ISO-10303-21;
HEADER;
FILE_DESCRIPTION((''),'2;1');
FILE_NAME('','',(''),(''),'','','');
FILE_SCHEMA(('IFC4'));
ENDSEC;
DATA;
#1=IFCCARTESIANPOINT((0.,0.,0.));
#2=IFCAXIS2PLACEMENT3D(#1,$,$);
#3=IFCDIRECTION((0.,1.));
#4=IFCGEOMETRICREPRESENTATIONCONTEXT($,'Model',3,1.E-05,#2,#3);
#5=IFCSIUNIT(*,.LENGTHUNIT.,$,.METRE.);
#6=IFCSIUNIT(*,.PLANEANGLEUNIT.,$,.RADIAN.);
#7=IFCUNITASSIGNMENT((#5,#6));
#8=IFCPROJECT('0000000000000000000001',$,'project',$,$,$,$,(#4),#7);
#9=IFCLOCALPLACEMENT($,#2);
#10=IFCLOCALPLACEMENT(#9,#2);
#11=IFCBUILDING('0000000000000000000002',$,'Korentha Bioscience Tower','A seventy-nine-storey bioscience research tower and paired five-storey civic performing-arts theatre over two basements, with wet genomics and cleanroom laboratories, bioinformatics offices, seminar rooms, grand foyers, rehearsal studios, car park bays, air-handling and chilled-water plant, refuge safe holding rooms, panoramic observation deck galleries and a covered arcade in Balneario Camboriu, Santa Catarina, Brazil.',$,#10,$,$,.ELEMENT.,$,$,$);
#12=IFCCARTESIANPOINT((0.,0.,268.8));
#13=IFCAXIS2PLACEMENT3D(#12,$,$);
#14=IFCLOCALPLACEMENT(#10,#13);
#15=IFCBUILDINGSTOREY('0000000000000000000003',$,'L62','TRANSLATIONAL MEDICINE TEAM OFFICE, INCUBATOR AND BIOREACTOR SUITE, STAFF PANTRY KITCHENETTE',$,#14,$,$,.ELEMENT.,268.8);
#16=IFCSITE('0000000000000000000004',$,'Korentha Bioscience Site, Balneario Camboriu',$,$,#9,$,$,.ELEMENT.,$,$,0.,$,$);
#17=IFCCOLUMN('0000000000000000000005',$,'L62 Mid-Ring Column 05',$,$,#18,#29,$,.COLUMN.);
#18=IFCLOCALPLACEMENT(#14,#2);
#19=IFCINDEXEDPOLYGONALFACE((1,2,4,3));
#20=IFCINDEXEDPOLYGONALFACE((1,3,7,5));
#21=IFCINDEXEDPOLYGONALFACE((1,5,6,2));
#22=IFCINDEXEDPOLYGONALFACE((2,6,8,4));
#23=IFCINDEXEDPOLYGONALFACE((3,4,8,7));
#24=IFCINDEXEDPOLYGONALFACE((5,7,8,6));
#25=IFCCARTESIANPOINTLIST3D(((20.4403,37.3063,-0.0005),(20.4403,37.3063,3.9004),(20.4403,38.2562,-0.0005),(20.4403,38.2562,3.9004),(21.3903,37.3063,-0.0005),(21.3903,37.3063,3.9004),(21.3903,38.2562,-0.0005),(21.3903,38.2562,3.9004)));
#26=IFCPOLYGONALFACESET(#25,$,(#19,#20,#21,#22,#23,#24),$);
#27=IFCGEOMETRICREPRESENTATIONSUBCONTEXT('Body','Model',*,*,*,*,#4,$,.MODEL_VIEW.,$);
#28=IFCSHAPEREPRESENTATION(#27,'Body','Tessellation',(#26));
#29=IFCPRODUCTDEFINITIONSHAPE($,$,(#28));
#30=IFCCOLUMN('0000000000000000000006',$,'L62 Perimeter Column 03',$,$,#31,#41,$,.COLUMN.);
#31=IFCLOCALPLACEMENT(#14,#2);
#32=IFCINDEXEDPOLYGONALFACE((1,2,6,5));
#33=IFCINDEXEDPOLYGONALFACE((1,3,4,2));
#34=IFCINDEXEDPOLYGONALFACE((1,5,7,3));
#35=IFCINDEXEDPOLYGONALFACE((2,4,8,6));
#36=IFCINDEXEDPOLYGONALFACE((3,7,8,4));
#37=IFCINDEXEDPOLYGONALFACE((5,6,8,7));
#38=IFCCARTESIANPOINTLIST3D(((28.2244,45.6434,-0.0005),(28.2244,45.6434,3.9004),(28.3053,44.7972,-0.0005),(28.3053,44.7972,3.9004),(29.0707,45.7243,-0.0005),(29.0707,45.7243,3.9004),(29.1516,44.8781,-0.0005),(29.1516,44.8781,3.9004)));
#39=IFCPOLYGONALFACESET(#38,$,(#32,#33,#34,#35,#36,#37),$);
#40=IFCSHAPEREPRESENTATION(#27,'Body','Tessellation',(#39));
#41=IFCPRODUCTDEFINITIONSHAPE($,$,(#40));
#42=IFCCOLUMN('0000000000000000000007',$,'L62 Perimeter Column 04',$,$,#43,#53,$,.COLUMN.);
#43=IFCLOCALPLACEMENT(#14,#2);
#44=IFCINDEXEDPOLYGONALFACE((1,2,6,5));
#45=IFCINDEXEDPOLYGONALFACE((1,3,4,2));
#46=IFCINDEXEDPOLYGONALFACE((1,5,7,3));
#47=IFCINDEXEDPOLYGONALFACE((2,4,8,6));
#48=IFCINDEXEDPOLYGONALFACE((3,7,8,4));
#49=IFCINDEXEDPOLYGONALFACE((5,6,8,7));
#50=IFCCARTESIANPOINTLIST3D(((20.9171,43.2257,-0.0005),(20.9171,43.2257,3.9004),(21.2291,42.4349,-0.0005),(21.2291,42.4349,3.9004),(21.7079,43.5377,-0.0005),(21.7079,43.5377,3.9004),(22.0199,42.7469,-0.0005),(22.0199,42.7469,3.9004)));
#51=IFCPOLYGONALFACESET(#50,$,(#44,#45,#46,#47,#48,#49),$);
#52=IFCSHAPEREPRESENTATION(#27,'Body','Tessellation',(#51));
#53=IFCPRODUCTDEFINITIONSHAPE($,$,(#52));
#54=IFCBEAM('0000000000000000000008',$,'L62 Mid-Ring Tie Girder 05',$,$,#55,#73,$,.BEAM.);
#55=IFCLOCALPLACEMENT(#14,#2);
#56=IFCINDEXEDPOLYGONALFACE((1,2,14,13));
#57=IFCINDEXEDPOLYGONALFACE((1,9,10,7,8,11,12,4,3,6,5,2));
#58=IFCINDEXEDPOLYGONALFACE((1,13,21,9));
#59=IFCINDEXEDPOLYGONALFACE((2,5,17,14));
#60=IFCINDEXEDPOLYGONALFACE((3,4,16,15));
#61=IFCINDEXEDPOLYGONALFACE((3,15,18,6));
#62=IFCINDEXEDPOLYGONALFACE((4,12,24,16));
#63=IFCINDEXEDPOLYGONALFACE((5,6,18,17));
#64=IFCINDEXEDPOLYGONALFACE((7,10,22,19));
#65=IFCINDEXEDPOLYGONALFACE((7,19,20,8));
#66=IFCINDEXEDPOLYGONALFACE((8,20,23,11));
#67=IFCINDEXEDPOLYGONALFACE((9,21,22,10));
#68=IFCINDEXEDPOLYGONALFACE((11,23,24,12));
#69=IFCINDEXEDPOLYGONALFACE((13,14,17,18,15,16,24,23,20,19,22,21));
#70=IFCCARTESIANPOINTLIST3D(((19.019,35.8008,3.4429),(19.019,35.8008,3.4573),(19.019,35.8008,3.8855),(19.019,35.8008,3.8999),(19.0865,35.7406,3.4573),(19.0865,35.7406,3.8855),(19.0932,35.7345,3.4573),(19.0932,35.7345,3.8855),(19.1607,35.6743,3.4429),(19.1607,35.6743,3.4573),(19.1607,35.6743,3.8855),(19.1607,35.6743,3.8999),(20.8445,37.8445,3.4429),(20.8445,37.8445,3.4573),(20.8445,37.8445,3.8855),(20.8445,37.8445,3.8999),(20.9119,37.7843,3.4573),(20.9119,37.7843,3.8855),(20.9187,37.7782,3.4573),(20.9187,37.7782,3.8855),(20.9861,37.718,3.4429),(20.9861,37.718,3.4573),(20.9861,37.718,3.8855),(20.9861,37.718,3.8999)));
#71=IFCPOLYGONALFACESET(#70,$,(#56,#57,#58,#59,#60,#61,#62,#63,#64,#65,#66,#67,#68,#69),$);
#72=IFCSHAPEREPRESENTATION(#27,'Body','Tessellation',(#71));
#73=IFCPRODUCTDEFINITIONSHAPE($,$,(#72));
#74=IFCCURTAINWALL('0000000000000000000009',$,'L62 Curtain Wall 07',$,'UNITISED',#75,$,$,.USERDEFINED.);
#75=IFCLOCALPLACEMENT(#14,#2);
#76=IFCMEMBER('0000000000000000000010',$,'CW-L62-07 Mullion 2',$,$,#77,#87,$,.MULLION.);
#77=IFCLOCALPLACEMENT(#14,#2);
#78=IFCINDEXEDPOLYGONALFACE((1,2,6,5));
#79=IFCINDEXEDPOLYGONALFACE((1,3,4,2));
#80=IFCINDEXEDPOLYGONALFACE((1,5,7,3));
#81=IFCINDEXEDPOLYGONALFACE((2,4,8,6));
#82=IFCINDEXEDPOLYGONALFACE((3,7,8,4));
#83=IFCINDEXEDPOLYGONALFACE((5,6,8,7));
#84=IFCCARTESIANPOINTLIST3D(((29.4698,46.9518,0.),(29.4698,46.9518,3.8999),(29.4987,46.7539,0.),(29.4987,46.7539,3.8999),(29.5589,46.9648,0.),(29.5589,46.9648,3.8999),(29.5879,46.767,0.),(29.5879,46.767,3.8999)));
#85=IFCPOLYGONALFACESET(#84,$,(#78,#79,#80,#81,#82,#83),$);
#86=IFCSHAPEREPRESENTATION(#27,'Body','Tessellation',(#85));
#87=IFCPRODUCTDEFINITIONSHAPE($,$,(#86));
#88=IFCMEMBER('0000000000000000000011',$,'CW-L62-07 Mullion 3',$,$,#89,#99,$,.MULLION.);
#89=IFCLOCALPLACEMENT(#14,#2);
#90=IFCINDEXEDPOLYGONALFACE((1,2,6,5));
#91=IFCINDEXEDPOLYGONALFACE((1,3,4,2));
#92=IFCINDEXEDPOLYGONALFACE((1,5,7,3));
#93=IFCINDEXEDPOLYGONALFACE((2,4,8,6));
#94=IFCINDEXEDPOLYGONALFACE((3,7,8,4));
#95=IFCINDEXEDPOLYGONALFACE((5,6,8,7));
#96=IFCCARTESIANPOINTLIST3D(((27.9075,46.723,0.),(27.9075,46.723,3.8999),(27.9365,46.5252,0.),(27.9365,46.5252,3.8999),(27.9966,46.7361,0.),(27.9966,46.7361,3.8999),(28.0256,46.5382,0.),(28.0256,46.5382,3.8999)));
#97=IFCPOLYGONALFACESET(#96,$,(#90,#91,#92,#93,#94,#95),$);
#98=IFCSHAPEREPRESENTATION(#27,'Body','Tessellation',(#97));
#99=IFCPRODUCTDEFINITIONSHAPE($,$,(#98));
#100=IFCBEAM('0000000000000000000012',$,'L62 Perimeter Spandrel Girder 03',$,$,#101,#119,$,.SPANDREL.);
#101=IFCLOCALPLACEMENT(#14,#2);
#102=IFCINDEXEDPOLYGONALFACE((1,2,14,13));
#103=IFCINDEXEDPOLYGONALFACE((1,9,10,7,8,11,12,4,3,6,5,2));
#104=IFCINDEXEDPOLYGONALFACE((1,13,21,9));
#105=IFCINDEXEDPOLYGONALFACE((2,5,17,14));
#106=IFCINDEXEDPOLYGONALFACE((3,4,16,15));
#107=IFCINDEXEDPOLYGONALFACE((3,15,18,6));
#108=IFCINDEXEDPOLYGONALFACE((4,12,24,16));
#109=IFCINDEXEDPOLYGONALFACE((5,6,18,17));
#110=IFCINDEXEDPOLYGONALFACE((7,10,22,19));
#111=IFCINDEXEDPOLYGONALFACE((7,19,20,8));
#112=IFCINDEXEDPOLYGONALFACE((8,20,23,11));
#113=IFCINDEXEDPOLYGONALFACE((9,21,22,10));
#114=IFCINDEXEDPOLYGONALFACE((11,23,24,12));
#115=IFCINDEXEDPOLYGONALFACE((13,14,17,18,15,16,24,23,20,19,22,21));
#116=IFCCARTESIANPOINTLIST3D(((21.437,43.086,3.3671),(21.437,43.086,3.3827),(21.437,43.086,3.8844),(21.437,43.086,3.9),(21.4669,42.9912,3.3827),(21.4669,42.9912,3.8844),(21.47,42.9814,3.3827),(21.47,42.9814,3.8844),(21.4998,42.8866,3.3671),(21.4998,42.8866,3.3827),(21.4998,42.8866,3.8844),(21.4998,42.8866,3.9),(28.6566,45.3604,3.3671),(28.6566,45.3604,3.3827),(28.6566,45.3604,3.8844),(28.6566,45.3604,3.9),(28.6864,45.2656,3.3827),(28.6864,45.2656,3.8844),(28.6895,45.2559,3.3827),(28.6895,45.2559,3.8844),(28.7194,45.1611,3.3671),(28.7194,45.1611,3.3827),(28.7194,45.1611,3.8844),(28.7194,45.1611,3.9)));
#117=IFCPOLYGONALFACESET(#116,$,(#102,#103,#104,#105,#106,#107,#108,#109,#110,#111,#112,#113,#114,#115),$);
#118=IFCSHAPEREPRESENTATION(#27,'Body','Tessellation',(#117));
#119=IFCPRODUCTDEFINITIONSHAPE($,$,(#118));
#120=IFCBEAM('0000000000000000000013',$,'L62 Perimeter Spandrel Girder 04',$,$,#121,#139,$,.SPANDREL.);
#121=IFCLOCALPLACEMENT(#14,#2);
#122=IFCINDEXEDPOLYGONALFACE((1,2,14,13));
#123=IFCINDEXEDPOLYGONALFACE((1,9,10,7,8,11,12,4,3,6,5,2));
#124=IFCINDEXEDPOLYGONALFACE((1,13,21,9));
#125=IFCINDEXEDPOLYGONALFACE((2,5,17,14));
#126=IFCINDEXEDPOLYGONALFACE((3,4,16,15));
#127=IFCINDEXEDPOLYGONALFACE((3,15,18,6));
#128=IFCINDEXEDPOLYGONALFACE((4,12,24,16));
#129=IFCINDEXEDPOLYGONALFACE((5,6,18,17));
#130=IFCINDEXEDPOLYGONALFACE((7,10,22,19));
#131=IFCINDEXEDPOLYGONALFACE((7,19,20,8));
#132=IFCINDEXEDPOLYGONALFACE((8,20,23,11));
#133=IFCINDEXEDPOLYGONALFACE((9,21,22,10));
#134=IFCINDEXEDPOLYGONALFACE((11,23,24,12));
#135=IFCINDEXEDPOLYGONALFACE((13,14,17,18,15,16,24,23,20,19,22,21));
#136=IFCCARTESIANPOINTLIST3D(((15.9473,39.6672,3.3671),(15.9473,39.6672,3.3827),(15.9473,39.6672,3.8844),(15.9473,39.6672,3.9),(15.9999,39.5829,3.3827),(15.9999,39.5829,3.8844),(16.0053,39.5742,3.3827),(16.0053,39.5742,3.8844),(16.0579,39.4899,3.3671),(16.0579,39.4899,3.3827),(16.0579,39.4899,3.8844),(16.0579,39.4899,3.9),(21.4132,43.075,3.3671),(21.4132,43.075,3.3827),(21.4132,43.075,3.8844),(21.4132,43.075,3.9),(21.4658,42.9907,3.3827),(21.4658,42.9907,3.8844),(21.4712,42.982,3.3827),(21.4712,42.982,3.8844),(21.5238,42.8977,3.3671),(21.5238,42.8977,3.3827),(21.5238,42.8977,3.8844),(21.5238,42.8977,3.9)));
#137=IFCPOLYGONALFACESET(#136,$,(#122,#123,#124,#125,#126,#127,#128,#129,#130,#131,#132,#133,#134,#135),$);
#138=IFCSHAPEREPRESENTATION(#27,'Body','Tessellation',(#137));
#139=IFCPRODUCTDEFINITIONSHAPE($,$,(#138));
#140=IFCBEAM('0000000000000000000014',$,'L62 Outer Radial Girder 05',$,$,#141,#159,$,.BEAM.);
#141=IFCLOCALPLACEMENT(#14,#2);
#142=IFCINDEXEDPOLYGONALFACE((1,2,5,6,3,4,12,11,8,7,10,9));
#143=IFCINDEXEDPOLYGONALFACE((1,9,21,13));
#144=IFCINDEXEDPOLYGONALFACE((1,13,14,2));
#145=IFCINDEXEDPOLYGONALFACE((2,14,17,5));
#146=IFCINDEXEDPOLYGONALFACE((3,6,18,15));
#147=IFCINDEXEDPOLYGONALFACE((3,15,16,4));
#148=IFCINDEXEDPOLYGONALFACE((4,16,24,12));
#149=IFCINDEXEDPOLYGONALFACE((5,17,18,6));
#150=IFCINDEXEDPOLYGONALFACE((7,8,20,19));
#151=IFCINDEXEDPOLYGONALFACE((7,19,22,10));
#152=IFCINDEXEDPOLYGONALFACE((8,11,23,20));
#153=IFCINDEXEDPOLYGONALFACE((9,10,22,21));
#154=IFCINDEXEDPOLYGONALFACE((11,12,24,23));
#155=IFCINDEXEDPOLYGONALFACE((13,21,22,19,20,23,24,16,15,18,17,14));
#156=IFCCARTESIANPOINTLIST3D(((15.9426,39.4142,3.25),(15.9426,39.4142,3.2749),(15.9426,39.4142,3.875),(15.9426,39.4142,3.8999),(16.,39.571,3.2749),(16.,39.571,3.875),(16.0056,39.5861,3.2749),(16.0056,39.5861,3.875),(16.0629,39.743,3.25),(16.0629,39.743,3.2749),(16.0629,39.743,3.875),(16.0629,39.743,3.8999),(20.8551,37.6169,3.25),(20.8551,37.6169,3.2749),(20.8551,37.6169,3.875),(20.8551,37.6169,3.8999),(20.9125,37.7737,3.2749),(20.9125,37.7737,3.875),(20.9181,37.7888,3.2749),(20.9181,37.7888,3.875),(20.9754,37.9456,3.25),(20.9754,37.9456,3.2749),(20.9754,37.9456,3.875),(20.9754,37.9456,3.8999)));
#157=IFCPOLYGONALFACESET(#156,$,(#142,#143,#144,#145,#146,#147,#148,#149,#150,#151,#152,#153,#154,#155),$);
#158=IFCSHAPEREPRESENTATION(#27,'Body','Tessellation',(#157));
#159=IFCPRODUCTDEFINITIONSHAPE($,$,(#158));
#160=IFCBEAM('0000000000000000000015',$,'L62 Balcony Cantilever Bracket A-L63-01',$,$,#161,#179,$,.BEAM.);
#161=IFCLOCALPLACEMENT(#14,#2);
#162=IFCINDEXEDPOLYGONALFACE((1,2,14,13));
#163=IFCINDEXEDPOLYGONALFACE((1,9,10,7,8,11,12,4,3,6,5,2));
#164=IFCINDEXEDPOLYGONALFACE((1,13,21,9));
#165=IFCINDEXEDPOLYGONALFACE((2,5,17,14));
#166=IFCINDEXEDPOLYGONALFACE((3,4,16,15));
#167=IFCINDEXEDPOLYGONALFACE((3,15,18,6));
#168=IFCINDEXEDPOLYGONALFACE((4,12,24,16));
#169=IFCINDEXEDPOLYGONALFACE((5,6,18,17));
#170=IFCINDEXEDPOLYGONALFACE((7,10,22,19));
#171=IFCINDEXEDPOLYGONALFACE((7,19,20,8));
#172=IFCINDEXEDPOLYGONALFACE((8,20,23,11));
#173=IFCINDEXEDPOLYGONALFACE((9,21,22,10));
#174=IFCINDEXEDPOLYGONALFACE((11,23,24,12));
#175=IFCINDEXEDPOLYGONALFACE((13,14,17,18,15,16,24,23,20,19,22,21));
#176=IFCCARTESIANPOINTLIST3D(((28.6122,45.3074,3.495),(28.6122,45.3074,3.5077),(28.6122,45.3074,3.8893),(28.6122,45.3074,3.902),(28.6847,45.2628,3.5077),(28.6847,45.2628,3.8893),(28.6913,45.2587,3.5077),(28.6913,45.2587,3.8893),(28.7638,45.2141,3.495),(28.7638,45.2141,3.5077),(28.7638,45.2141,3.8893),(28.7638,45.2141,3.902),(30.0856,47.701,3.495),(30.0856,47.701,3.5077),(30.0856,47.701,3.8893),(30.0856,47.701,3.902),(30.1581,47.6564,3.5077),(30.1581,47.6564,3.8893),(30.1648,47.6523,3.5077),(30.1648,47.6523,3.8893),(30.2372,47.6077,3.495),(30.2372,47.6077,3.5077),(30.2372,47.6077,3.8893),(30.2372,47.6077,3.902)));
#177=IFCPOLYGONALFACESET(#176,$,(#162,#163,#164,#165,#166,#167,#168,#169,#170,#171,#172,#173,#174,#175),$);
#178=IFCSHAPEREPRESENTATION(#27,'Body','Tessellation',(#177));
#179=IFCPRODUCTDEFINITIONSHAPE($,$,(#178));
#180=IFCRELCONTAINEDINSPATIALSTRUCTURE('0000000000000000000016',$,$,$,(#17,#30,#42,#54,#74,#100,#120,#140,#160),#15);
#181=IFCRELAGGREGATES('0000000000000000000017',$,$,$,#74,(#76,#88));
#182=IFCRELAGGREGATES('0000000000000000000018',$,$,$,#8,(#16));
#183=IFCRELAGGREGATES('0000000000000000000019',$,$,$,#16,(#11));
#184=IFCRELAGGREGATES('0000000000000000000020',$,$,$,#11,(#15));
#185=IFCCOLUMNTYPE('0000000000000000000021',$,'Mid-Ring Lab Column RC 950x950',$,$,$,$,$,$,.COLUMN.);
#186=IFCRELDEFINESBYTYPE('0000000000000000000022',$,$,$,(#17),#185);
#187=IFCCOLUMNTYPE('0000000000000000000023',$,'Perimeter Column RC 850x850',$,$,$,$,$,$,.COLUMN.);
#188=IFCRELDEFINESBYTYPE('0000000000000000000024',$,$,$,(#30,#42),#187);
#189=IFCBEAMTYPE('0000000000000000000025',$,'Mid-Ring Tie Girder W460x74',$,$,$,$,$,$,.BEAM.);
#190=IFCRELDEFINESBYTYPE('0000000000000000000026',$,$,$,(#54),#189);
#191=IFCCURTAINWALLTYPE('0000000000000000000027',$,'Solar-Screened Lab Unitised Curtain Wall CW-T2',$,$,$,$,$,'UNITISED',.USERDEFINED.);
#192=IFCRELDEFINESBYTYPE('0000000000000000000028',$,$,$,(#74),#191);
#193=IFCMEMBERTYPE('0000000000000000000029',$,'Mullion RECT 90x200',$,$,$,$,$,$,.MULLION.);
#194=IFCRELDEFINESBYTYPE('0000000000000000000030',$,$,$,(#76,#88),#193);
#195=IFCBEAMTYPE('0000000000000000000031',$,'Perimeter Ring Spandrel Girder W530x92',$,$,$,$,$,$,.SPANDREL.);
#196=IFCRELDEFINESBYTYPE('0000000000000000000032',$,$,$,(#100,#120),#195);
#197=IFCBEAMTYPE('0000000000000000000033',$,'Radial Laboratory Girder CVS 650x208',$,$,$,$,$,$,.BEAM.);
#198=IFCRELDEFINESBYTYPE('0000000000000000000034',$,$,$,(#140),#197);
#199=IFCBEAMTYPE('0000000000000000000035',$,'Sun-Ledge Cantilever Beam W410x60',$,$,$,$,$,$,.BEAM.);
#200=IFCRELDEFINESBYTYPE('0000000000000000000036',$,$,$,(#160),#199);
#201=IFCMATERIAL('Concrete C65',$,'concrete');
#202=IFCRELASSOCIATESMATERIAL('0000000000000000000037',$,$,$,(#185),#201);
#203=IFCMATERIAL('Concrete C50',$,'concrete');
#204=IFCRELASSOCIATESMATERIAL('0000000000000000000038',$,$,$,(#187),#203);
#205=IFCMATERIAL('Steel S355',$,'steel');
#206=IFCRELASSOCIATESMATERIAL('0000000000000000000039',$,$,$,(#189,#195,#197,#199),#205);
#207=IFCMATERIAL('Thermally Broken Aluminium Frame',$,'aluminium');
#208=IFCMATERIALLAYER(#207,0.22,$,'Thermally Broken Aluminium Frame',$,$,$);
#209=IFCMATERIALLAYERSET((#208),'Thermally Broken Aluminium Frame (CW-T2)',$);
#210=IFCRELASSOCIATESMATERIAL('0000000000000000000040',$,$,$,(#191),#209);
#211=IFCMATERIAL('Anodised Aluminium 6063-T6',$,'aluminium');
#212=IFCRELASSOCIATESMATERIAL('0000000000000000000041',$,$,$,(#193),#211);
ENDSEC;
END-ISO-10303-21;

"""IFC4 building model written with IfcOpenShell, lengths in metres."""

from ifc_helpers import new_model, si_unit, direction, frame, origin, origin_2d, place, context, subcontext, project, spatial, rectangle, i_section, extrude, material, layer, layer_set, material_profile, profile_set, type_object, element, aggregate, save


model = new_model("IFC4")

# Units and contexts
model_context = context("Model", 3, precision=1e-05, world=origin(), true_north=direction((0.0, 1.0)))
body_context = subcontext(model_context, "Body", "Model", "MODEL_VIEW")
ifc_project = project(units=[si_unit("LENGTHUNIT", "METRE"), si_unit("PLANEANGLEUNIT", "RADIAN")], contexts=[model_context])

# Site, building, storey
site_placement = place(None, origin())
site = spatial("IfcSite", under=ifc_project, at=site_placement, Name="Korentha Bioscience Site, Balneario Camboriu", CompositionType="ELEMENT", RefElevation=0.0)
building_placement = place(site_placement, origin())
building = spatial("IfcBuilding", under=site, at=building_placement, Name="Korentha Bioscience Tower", Description="A seventy-nine-storey bioscience research tower and paired five-storey civic performing-arts theatre over two basements, with wet genomics and cleanroom laboratories, bioinformatics offices, seminar rooms, grand foyers, rehearsal studios, car park bays, air-handling and chilled-water plant, refuge safe holding rooms, panoramic observation deck galleries and a covered arcade in Balneario Camboriu, Santa Catarina, Brazil.", CompositionType="ELEMENT")
storey_placement = place(building_placement, frame((0.0, 0.0, 268.8)))
storey = spatial("IfcBuildingStorey", under=building, at=storey_placement, Name="L62", Description="TRANSLATIONAL MEDICINE TEAM OFFICE, INCUBATOR AND BIOREACTOR SUITE, STAFF PANTRY KITCHENETTE", CompositionType="ELEMENT", Elevation=268.8)

# Columns
ifc_material_1 = material(Name="Concrete C65", Category="concrete")
ifc_material_profile_1 = material_profile(ifc_material_1, rectangle(XDim=0.95, YDim=0.95, at=origin_2d()), Name="Concrete C65")
ifc_profile_set_1 = profile_set([ifc_material_profile_1], Name="Concrete C65 (COL-MR09)")
column_type_1 = type_object("IfcColumnType", Name="Mid-Ring Lab Column RC 950x950", PredefinedType="COLUMN", material=ifc_profile_set_1)
column_placement = place(storey_placement, frame((20.9153, 37.7812, -0.0005), z_axis=(0.0, 0.0, 1.0), x_axis=(1.0, 0.0, 0.0)))
element("IfcColumn", 1, at=column_placement, inside=storey, type_object=column_type_1, Name="L62 Mid-Ring Column 05", PredefinedType="COLUMN", context=body_context, shape_type="SweptSolid", body=[
    extrude(rectangle(XDim=0.95, YDim=0.95, at=origin_2d()), origin(), (0.0, 0.0, 1.0), 3.9009),
])
ifc_material_2 = material(Name="Concrete C50", Category="concrete")
ifc_material_profile_2 = material_profile(ifc_material_2, rectangle(XDim=0.8501, YDim=0.8501, at=origin_2d()), Name="Concrete C50")
ifc_profile_set_2 = profile_set([ifc_material_profile_2], Name="Concrete C50 (COL-P08)")
column_type_2 = type_object("IfcColumnType", Name="Perimeter Column RC 850x850", PredefinedType="COLUMN", material=ifc_profile_set_2)
for number, where, z_axis, x_axis, name in (
    (2, (28.688, 45.2607, -0.0005), (0.0, 0.0, 1.0), (0.995463, 0.095151, 0.0), "L62 Perimeter Column 03"),
    (3, (21.4685, 42.9863, -0.0005), (0.0, 0.0, 1.0), (0.930226, 0.366988, 0.0), "L62 Perimeter Column 04"),
):
    element("IfcColumn", number, at=place(storey_placement, frame(where, z_axis=z_axis, x_axis=x_axis)), inside=storey, type_object=column_type_2, Name=name, PredefinedType="COLUMN", context=body_context, shape_type="SweptSolid", body=[
        extrude(rectangle(XDim=0.8501, YDim=0.8501, at=origin_2d()), origin(), (0.0, 0.0, 1.0), 3.9009),
    ])

# Beam
ifc_material_3 = material(Name="Steel S355", Category="steel")
ifc_material_profile_3 = material_profile(ifc_material_3, i_section(OverallWidth=0.1899, OverallDepth=0.457, WebThickness=0.009, FlangeThickness=0.0144, at=origin_2d()), Name="Steel S355")
ifc_profile_set_3 = profile_set([ifc_material_profile_3], Name="Steel S355 (MB-460)")
beam_type_1 = type_object("IfcBeamType", Name="Mid-Ring Tie Girder W460x74", PredefinedType="BEAM", material=ifc_profile_set_3)
beam_1_placement = place(storey_placement, frame((20.9153, 37.7812, 3.6714), z_axis=(-0.666159, -0.74581, 0.0), x_axis=(0.74581, -0.666159, 0.0)))
element("IfcBeam", 4, at=beam_1_placement, inside=storey, type_object=beam_type_1, Name="L62 Mid-Ring Tie Girder 05", PredefinedType="BEAM", context=body_context, shape_type="SweptSolid", body=[
    extrude(i_section(OverallWidth=0.1899, OverallDepth=0.457, WebThickness=0.009, FlangeThickness=0.0144, at=origin_2d()), origin(), (0.0, 0.0, 1.0), 2.7402),
])

# Curtain wall, members
ifc_material_4 = material(Name="Thermally Broken Aluminium Frame", Category="aluminium")
ifc_layer_1 = layer(ifc_material_4, 0.22, Name="Thermally Broken Aluminium Frame")
ifc_layer_set_1 = layer_set([ifc_layer_1], Name="Thermally Broken Aluminium Frame (CW-T2)")
curtain_wall_type = type_object("IfcCurtainWallType", Name="Solar-Screened Lab Unitised Curtain Wall CW-T2", ElementType="UNITISED", PredefinedType="USERDEFINED", material=ifc_layer_set_1)
curtain_wall_placement = place(storey_placement, origin())
curtain_wall = element("IfcCurtainWall", 5, at=curtain_wall_placement, inside=storey, type_object=curtain_wall_type, Name="L62 Curtain Wall 07", ObjectType="UNITISED", PredefinedType="USERDEFINED")
ifc_material_5 = material(Name="Anodised Aluminium 6063-T6", Category="aluminium")
ifc_material_profile_4 = material_profile(ifc_material_5, rectangle(XDim=0.0901, YDim=0.2, at=origin_2d()), Name="Anodised Aluminium 6063-T6")
ifc_profile_set_4 = profile_set([ifc_material_profile_4], Name="Anodised Aluminium 6063-T6 (CW-MUL)")
member_type_1 = type_object("IfcMemberType", Name="Mullion RECT 90x200", PredefinedType="MULLION", material=ifc_profile_set_4)
member_1_placement = place(storey_placement, frame((29.5288, 46.8594, 0.0), z_axis=(0.0, 0.0, 1.0), x_axis=(-0.98946, -0.144809, 0.0)))
member_1 = element("IfcMember", 6, at=member_1_placement, type_object=member_type_1, Name="CW-L62-07 Mullion 2", PredefinedType="MULLION", context=body_context, shape_type="SweptSolid", body=[
    extrude(rectangle(XDim=0.0901, YDim=0.2, at=origin_2d()), origin(), (0.0, 0.0, 1.0), 3.8999),
])
member_2_placement = place(storey_placement, frame((27.9666, 46.6306, 0.0), z_axis=(0.0, 0.0, 1.0), x_axis=(-0.98946, -0.144809, 0.0)))
member_2 = element("IfcMember", 7, at=member_2_placement, type_object=member_type_1, Name="CW-L62-07 Mullion 3", PredefinedType="MULLION", context=body_context, shape_type="SweptSolid", body=[
    extrude(rectangle(XDim=0.0901, YDim=0.2, at=origin_2d()), origin(), (0.0, 0.0, 1.0), 3.8999),
])

# Beams
ifc_material_profile_5 = material_profile(ifc_material_3, i_section(OverallWidth=0.209, OverallDepth=0.533, WebThickness=0.0103, FlangeThickness=0.0156, at=origin_2d()), Name="Steel S355")
ifc_profile_set_5 = profile_set([ifc_material_profile_5], Name="Steel S355 (SB-530)")
beam_type_2 = type_object("IfcBeamType", Name="Perimeter Ring Spandrel Girder W530x92", PredefinedType="SPANDREL", material=ifc_profile_set_5)
beam_2_placement = place(storey_placement, frame((28.688, 45.2607, 3.6335), z_axis=(-0.953788, -0.30048, 0.0), x_axis=(0.30048, -0.953788, 0.0)))
element("IfcBeam", 8, at=beam_2_placement, inside=storey, type_object=beam_type_2, Name="L62 Perimeter Spandrel Girder 03", PredefinedType="SPANDREL", context=body_context, shape_type="SweptSolid", body=[
    extrude(i_section(OverallWidth=0.209, OverallDepth=0.533, WebThickness=0.0103, FlangeThickness=0.0156, at=origin_2d()), origin(), (0.0, 0.0, 1.0), 7.5693),
])
beam_3_placement = place(storey_placement, frame((21.4685, 42.9863, 3.6335), z_axis=(-0.848586, -0.529058, 0.0), x_axis=(0.529058, -0.848586, 0.0)))
element("IfcBeam", 9, at=beam_3_placement, inside=storey, type_object=beam_type_2, Name="L62 Perimeter Spandrel Girder 04", PredefinedType="SPANDREL", context=body_context, shape_type="SweptSolid", body=[
    extrude(i_section(OverallWidth=0.209, OverallDepth=0.533, WebThickness=0.0103, FlangeThickness=0.0156, at=origin_2d()), origin(), (0.0, 0.0, 1.0), 6.4412),
])
ifc_material_profile_6 = material_profile(ifc_material_3, i_section(OverallWidth=0.3501, OverallDepth=0.6499, WebThickness=0.0161, FlangeThickness=0.0249, at=origin_2d()), Name="Steel S355")
ifc_profile_set_6 = profile_set([ifc_material_profile_6], Name="Steel S355 (RB-650)")
beam_type_3 = type_object("IfcBeamType", Name="Radial Laboratory Girder CVS 650x208", PredefinedType="BEAM", material=ifc_profile_set_6)
beam_4_placement = place(storey_placement, frame((20.9153, 37.7812, 3.575), z_axis=(-0.939118, 0.343594, 0.0), x_axis=(-0.343594, -0.939118, 0.0)))
element("IfcBeam", 10, at=beam_4_placement, inside=storey, type_object=beam_type_3, Name="L62 Outer Radial Girder 05", PredefinedType="BEAM", context=body_context, shape_type="SweptSolid", body=[
    extrude(i_section(OverallWidth=0.3501, OverallDepth=0.6499, WebThickness=0.0161, FlangeThickness=0.0249, at=origin_2d()), origin(), (0.0, 0.0, 1.0), 5.231),
])
ifc_material_profile_7 = material_profile(ifc_material_3, i_section(OverallWidth=0.178, OverallDepth=0.407, WebThickness=0.0078, FlangeThickness=0.0127, at=origin_2d()), Name="Steel S355")
ifc_profile_set_7 = profile_set([ifc_material_profile_7], Name="Steel S355 (CB-410)")
beam_type_4 = type_object("IfcBeamType", Name="Sun-Ledge Cantilever Beam W410x60", PredefinedType="BEAM", material=ifc_profile_set_7)
beam_5_placement = place(storey_placement, frame((28.688, 45.2607, 3.6985), z_axis=(0.524209, 0.85159, 0.0), x_axis=(-0.85159, 0.524209, 0.0)))
element("IfcBeam", 11, at=beam_5_placement, inside=storey, type_object=beam_type_4, Name="L62 Balcony Cantilever Bracket A-L63-01", PredefinedType="BEAM", context=body_context, shape_type="SweptSolid", body=[
    extrude(i_section(OverallWidth=0.178, OverallDepth=0.407, WebThickness=0.0078, FlangeThickness=0.0127, at=origin_2d()), origin(), (0.0, 0.0, 1.0), 2.8108),
])

aggregate(curtain_wall, [member_1, member_2])

save(model, "model.ifc")
